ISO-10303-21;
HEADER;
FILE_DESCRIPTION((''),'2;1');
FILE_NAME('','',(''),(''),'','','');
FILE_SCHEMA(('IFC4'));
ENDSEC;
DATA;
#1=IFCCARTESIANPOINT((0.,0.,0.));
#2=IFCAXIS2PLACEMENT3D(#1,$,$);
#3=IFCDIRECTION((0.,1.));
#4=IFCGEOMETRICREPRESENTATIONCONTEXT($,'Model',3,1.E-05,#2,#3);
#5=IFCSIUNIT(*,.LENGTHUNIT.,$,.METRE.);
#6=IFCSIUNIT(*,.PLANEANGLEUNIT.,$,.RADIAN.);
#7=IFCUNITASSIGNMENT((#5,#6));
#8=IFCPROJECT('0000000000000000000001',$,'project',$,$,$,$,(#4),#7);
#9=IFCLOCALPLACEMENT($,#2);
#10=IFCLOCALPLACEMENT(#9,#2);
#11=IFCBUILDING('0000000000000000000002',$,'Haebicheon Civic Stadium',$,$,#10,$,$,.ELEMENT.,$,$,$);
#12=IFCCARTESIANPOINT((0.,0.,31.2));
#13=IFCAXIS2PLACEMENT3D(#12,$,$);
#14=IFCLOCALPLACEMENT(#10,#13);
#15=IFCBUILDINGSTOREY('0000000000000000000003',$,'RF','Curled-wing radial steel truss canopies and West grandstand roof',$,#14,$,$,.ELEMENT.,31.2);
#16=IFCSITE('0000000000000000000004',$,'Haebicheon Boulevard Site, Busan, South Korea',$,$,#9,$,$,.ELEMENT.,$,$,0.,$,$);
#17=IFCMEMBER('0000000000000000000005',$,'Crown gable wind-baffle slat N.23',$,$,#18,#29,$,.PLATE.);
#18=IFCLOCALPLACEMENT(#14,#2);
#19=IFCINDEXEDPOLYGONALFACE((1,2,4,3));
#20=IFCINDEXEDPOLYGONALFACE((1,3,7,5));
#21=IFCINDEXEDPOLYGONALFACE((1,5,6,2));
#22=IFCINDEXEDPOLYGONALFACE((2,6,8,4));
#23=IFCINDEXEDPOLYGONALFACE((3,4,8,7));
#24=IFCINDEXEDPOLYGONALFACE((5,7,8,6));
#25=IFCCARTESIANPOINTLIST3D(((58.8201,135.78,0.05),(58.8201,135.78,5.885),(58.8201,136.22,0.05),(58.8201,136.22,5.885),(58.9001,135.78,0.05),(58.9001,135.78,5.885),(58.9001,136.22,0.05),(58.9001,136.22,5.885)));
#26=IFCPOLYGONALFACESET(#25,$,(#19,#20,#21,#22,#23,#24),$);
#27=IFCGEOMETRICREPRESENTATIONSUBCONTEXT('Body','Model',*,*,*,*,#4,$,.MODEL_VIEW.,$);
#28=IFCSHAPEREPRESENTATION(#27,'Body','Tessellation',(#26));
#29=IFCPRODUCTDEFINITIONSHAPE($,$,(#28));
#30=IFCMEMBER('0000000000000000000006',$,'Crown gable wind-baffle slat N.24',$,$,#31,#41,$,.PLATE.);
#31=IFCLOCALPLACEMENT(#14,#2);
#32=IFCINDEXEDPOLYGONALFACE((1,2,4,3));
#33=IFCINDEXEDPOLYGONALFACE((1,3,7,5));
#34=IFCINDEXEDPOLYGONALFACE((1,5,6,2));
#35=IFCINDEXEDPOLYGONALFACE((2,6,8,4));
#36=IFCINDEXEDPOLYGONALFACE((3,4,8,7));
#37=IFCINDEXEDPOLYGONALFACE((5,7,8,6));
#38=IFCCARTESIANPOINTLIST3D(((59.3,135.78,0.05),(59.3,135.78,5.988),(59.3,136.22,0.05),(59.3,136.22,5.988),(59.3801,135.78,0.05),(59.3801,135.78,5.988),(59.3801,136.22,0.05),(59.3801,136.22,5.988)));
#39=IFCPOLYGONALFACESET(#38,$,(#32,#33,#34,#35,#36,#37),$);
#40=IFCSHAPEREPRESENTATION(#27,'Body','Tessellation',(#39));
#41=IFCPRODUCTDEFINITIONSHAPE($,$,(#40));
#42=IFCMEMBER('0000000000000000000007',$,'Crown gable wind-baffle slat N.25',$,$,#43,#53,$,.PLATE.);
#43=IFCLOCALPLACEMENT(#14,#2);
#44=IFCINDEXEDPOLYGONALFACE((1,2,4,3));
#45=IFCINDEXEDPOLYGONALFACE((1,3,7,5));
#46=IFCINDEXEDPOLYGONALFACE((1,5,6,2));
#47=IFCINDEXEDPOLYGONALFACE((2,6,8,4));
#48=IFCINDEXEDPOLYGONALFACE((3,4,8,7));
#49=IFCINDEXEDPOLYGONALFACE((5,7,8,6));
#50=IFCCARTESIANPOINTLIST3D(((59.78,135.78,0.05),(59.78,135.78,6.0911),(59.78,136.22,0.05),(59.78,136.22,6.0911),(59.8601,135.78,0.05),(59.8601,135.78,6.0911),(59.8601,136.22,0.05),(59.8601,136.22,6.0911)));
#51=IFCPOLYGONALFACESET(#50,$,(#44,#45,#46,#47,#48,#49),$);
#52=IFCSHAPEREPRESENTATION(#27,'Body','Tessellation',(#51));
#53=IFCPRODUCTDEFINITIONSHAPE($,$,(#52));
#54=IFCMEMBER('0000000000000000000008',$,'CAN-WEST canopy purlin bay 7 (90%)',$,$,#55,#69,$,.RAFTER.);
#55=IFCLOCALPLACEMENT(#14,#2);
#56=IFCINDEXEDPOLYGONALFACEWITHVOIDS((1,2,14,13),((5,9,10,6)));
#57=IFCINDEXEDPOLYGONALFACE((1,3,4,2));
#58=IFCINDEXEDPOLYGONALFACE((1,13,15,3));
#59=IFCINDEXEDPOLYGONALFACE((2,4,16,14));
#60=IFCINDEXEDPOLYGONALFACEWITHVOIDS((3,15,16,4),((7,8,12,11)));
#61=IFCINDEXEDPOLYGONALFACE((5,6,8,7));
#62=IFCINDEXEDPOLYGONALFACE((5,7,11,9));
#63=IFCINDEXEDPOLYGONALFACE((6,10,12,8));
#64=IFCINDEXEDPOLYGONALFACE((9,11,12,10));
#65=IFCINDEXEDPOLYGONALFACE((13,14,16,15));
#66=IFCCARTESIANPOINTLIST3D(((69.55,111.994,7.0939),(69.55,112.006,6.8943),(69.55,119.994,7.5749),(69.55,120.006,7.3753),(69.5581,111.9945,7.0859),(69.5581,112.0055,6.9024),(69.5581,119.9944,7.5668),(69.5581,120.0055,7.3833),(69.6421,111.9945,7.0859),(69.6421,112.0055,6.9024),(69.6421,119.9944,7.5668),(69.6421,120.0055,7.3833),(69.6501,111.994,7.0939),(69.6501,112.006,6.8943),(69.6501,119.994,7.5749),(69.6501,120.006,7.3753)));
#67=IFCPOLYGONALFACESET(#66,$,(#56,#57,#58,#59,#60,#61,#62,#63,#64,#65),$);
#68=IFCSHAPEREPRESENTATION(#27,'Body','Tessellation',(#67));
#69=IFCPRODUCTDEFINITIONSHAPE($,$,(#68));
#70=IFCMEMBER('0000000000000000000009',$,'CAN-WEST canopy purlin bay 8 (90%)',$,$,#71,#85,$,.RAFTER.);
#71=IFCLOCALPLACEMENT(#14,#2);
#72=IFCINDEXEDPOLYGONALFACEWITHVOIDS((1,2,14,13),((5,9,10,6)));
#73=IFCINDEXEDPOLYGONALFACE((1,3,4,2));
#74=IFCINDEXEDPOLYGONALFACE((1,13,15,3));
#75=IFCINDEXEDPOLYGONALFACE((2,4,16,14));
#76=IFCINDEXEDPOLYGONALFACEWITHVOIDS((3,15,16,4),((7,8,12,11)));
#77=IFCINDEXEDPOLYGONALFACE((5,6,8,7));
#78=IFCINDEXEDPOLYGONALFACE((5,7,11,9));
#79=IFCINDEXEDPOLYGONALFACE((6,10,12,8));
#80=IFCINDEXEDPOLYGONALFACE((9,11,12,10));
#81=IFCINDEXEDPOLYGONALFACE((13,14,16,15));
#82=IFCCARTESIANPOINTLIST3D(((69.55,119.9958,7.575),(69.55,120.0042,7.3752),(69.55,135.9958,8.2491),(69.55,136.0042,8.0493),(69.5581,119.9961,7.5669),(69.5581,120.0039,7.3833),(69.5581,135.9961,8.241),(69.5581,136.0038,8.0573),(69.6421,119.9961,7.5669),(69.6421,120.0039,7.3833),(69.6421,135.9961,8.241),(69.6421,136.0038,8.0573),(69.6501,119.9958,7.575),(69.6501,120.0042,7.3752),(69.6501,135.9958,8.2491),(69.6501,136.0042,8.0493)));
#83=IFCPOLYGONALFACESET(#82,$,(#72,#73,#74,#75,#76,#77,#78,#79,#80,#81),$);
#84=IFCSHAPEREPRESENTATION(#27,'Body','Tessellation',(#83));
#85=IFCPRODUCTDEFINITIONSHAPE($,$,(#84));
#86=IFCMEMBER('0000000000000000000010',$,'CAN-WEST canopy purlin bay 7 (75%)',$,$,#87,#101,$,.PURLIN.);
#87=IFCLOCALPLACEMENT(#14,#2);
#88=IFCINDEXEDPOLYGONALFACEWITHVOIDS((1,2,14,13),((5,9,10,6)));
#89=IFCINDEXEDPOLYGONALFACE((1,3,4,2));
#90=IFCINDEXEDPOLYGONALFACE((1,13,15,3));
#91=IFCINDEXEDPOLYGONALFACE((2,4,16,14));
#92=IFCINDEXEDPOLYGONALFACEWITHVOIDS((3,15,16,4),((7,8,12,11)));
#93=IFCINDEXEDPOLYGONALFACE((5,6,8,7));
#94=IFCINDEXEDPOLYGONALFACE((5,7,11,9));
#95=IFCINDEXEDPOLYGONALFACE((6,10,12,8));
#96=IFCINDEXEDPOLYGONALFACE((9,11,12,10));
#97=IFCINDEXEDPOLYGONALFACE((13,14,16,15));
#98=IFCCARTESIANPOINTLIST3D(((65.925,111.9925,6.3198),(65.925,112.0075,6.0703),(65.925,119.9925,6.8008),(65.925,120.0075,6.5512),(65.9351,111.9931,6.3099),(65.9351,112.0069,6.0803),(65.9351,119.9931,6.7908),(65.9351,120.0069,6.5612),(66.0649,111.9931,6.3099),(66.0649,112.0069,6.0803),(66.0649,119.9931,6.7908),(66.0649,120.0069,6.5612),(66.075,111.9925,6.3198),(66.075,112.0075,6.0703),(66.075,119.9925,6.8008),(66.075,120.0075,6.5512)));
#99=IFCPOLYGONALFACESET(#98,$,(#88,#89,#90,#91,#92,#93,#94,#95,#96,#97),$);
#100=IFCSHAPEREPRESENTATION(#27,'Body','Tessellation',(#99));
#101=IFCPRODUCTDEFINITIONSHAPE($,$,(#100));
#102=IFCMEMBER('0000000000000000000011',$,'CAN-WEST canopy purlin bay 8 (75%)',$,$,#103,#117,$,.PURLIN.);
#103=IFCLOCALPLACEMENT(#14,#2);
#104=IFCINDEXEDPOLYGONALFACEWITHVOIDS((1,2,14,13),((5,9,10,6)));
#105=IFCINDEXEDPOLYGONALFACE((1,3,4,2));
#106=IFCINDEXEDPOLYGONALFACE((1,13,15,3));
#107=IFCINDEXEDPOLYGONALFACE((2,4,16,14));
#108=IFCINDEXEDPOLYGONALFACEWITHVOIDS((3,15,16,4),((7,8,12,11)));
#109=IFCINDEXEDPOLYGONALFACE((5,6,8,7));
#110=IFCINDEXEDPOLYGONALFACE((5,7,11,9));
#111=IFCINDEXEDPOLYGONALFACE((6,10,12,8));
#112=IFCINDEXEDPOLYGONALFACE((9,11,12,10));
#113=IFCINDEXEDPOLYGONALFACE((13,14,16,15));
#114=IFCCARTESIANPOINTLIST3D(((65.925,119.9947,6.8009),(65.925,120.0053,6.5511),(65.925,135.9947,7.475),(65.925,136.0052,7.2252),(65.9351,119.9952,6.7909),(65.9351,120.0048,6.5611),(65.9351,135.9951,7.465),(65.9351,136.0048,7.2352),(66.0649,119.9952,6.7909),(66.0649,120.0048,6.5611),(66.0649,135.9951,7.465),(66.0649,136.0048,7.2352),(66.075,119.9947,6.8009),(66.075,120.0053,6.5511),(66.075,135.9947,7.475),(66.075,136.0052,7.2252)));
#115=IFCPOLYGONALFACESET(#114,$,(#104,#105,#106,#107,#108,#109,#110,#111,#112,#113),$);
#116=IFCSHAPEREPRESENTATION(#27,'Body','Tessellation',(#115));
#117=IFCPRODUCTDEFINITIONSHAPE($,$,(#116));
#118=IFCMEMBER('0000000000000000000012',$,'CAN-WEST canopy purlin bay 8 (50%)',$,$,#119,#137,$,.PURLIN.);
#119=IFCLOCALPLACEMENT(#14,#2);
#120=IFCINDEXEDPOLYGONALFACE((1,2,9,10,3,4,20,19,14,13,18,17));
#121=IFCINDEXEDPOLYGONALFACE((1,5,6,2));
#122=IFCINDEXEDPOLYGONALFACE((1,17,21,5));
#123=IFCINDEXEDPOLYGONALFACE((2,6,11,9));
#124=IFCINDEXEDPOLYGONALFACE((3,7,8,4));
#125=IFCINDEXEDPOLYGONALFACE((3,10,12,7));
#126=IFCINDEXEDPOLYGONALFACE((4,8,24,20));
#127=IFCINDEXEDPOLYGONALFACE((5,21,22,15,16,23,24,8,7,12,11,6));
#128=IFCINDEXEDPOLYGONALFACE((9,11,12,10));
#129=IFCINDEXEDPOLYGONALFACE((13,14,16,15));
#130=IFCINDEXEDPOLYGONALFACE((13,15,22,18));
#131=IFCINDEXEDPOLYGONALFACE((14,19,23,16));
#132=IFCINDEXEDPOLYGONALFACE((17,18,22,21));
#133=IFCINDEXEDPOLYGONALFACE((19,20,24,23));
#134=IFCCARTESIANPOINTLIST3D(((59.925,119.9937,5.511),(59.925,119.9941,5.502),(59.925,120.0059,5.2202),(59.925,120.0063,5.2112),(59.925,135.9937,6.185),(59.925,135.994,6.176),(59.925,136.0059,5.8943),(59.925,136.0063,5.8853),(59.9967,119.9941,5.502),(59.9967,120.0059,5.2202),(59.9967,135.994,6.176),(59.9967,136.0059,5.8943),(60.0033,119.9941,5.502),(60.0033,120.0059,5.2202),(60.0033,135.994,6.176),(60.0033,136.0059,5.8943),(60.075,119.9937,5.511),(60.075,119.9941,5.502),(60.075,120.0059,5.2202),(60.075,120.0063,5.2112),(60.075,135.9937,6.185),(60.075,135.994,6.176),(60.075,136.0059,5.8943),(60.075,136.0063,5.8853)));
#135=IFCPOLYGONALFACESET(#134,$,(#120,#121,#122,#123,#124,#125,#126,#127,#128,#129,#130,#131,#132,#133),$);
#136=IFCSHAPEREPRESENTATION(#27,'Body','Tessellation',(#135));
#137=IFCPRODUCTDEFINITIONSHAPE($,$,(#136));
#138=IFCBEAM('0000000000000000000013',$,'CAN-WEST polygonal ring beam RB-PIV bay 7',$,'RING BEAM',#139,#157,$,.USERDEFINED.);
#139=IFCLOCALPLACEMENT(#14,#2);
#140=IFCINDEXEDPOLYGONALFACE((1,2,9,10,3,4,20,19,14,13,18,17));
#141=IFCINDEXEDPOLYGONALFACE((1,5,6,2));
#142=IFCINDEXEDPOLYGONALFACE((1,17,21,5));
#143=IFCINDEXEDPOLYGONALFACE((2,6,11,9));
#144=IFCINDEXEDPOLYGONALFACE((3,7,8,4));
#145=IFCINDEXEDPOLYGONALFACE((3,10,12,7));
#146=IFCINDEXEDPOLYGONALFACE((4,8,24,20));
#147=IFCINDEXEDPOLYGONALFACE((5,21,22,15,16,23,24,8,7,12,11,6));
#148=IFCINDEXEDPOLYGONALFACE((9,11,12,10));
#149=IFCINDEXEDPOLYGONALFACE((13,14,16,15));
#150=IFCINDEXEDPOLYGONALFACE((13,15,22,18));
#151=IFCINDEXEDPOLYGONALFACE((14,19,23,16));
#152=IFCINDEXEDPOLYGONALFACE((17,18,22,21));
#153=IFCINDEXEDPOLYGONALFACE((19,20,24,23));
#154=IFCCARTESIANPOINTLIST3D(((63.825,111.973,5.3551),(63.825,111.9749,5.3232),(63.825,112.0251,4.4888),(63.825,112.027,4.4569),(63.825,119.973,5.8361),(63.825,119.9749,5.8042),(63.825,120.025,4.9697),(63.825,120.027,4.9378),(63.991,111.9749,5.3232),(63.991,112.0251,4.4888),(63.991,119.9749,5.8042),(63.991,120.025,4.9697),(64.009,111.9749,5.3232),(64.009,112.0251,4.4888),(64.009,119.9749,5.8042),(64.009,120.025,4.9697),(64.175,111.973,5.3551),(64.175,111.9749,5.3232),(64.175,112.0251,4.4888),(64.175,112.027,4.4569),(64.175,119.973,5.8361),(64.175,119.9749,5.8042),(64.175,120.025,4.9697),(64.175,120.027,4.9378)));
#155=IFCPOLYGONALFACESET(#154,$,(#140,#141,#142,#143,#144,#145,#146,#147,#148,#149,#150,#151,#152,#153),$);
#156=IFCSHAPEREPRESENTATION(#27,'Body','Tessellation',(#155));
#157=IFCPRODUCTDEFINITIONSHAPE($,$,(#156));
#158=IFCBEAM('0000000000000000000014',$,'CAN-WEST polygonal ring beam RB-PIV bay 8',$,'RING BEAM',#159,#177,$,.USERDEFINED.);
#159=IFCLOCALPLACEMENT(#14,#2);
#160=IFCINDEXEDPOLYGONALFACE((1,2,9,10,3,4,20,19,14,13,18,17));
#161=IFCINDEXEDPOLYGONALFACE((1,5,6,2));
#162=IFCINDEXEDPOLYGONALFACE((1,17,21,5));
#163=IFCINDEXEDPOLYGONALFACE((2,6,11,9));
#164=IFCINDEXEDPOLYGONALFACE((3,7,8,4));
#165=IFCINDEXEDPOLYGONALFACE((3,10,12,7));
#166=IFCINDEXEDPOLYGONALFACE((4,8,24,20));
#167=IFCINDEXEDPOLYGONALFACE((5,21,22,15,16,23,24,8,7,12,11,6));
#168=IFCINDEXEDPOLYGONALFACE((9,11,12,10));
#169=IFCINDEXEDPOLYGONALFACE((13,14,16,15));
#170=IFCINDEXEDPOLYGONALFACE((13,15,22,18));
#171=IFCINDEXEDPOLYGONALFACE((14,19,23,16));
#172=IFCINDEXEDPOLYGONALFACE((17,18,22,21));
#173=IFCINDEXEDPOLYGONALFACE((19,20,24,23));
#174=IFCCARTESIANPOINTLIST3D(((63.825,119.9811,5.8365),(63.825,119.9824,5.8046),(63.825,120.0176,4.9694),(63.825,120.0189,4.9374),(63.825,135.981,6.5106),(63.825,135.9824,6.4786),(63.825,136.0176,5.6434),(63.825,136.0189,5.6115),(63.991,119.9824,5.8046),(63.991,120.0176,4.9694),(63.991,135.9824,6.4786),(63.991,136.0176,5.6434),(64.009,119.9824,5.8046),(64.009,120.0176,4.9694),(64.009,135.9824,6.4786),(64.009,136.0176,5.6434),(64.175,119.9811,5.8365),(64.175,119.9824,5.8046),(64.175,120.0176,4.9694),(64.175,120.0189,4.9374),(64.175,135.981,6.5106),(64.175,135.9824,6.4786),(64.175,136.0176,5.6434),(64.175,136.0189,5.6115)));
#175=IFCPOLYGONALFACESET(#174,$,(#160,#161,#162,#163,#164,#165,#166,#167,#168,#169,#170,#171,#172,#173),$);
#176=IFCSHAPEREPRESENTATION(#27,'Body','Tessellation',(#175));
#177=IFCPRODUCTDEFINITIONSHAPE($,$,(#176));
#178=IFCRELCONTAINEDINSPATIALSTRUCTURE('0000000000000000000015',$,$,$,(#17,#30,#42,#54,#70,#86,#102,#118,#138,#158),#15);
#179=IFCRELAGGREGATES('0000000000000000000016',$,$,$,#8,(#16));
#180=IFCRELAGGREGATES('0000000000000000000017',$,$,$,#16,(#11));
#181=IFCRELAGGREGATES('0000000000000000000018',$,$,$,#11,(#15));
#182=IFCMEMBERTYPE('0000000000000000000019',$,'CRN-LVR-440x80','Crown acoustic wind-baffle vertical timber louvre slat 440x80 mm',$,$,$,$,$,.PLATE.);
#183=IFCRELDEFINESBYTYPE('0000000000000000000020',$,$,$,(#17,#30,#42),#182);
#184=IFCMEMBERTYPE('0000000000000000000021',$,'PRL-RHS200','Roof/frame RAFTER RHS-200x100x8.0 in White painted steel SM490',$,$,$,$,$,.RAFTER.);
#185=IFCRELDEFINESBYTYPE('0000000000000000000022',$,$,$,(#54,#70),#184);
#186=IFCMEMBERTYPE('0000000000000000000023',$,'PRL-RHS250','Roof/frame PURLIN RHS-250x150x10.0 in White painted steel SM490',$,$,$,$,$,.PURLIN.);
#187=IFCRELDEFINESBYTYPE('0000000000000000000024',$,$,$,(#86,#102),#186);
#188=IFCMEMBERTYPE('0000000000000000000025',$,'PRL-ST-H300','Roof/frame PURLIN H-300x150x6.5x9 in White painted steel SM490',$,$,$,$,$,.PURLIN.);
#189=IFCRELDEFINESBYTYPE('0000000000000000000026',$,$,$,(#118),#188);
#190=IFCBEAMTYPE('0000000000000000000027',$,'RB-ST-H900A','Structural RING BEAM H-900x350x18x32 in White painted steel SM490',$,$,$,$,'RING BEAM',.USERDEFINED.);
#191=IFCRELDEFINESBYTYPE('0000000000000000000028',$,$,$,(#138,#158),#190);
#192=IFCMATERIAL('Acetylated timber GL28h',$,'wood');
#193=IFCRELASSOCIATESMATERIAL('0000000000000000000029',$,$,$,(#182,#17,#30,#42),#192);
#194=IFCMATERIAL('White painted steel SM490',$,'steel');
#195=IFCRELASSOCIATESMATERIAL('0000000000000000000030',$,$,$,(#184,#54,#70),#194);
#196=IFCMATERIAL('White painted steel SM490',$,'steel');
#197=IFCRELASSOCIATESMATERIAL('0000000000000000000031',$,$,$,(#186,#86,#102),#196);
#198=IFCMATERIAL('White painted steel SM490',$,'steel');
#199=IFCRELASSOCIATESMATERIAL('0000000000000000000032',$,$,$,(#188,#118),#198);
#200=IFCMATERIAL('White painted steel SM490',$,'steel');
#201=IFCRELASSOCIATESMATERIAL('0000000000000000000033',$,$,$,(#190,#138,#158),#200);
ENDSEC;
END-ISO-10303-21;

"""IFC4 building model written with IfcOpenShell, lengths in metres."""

from ifc_helpers import new_model, si_unit, direction, frame, origin, origin_2d, place, context, subcontext, project, spatial, rectangle, hollow_rectangle, i_section, extrude, material, material_profile, profile_set, type_object, element, save


model = new_model("IFC4")

# Units and contexts
model_context = context("Model", 3, precision=1e-05, world=origin(), true_north=direction((0.0, 1.0)))
body_context = subcontext(model_context, "Body", "Model", "MODEL_VIEW")
ifc_project = project(units=[si_unit("LENGTHUNIT", "METRE"), si_unit("PLANEANGLEUNIT", "RADIAN")], contexts=[model_context])

# Site, building, storey
site_placement = place(None, origin())
site = spatial("IfcSite", under=ifc_project, at=site_placement, Name="Haebicheon Boulevard Site, Busan, South Korea", CompositionType="ELEMENT", RefElevation=0.0)
building_placement = place(site_placement, origin())
building = spatial("IfcBuilding", under=site, at=building_placement, Name="Haebicheon Civic Stadium", CompositionType="ELEMENT")
storey_placement = place(building_placement, frame((0.0, 0.0, 31.2)))
storey = spatial("IfcBuildingStorey", under=building, at=storey_placement, Name="RF", Description="Curled-wing radial steel truss canopies and West grandstand roof", CompositionType="ELEMENT", Elevation=31.2)

# Members
ifc_material_1 = material(Name="Acetylated timber GL28h", Category="wood")
ifc_material_profile_1 = material_profile(ifc_material_1, rectangle(XDim=0.0801, YDim=0.4399, at=origin_2d()), Name="TMB-LOUV-80x440")
ifc_profile_set_1 = profile_set([ifc_material_profile_1], Name="Acetylated timber GL28h")
member_type_1 = type_object("IfcMemberType", Name="CRN-LVR-440x80", Description="Crown acoustic wind-baffle vertical timber louvre slat 440x80 mm", PredefinedType="PLATE", material=ifc_profile_set_1)
member_1_placement = place(storey_placement, frame((58.8601, 136.0, 0.05), z_axis=(0.0, 0.0, 1.0), x_axis=(1.0, 0.0, 0.0)))
element("IfcMember", 1, at=member_1_placement, inside=storey, type_object=member_type_1, material=ifc_profile_set_1, Name="Crown gable wind-baffle slat N.23", PredefinedType="PLATE", context=body_context, shape_type="SweptSolid", body=[
    extrude(rectangle(XDim=0.0801, YDim=0.4399, at=origin_2d()), origin(), (0.0, 0.0, 1.0), 5.835),
])
member_2_placement = place(storey_placement, frame((59.3401, 136.0, 0.05), z_axis=(0.0, 0.0, 1.0), x_axis=(1.0, 0.0, 0.0)))
element("IfcMember", 2, at=member_2_placement, inside=storey, type_object=member_type_1, material=ifc_profile_set_1, Name="Crown gable wind-baffle slat N.24", PredefinedType="PLATE", context=body_context, shape_type="SweptSolid", body=[
    extrude(rectangle(XDim=0.0801, YDim=0.4399, at=origin_2d()), origin(), (0.0, 0.0, 1.0), 5.938),
])
member_3_placement = place(storey_placement, frame((59.8201, 136.0, 0.05), z_axis=(0.0, 0.0, 1.0), x_axis=(1.0, 0.0, 0.0)))
element("IfcMember", 3, at=member_3_placement, inside=storey, type_object=member_type_1, material=ifc_profile_set_1, Name="Crown gable wind-baffle slat N.25", PredefinedType="PLATE", context=body_context, shape_type="SweptSolid", body=[
    extrude(rectangle(XDim=0.0801, YDim=0.4399, at=origin_2d()), origin(), (0.0, 0.0, 1.0), 6.041),
])
ifc_material_2 = material(Name="White painted steel SM490", Category="steel")
ifc_material_profile_2 = material_profile(ifc_material_2, hollow_rectangle(XDim=0.1001, YDim=0.2, WallThickness=0.0081, at=origin_2d()), Name="RHS-200x100x8.0")
ifc_profile_set_2 = profile_set([ifc_material_profile_2], Name="White painted steel SM490")
member_type_2 = type_object("IfcMemberType", Name="PRL-RHS200", Description="Roof/frame RAFTER RHS-200x100x8.0 in White painted steel SM490", PredefinedType="RAFTER", material=ifc_profile_set_2)
member_4_placement = place(storey_placement, frame((69.6001, 112.0, 6.9941), z_axis=(0.0, 0.998198, 0.060011), x_axis=(-1.0, 0.0, 0.0)))
element("IfcMember", 4, at=member_4_placement, inside=storey, type_object=member_type_2, material=ifc_profile_set_2, Name="CAN-WEST canopy purlin bay 7 (90%)", PredefinedType="RAFTER", context=body_context, shape_type="SweptSolid", body=[
    extrude(hollow_rectangle(XDim=0.1001, YDim=0.2, WallThickness=0.0081, at=origin_2d()), origin(), (0.0, 0.0, 1.0), 8.0144),
])
member_5_placement = place(storey_placement, frame((69.6001, 120.0, 7.4751), z_axis=(0.0, 0.999114, 0.042092), x_axis=(-1.0, 0.0, 0.0)))
element("IfcMember", 5, at=member_5_placement, inside=storey, type_object=member_type_2, material=ifc_profile_set_2, Name="CAN-WEST canopy purlin bay 8 (90%)", PredefinedType="RAFTER", context=body_context, shape_type="SweptSolid", body=[
    extrude(hollow_rectangle(XDim=0.1001, YDim=0.2, WallThickness=0.0081, at=origin_2d()), origin(), (0.0, 0.0, 1.0), 16.0142),
])
ifc_material_3 = material(Name="White painted steel SM490", Category="steel")
ifc_material_profile_3 = material_profile(ifc_material_3, hollow_rectangle(XDim=0.1499, YDim=0.25, WallThickness=0.01, at=origin_2d()), Name="RHS-250x150x10.0")
ifc_profile_set_3 = profile_set([ifc_material_profile_3], Name="White painted steel SM490")
member_type_3 = type_object("IfcMemberType", Name="PRL-RHS250", Description="Roof/frame PURLIN RHS-250x150x10.0 in White painted steel SM490", PredefinedType="PURLIN", material=ifc_profile_set_3)
member_6_placement = place(storey_placement, frame((66.0, 112.0, 6.1951), z_axis=(0.0, 0.998198, 0.060011), x_axis=(-1.0, 0.0, 0.0)))
element("IfcMember", 6, at=member_6_placement, inside=storey, type_object=member_type_3, material=ifc_profile_set_3, Name="CAN-WEST canopy purlin bay 7 (75%)", PredefinedType="PURLIN", context=body_context, shape_type="SweptSolid", body=[
    extrude(hollow_rectangle(XDim=0.1499, YDim=0.25, WallThickness=0.01, at=origin_2d()), origin(), (0.0, 0.0, 1.0), 8.0144),
])
member_7_placement = place(storey_placement, frame((66.0, 120.0, 6.676), z_axis=(0.0, 0.999114, 0.042092), x_axis=(-1.0, 0.0, 0.0)))
element("IfcMember", 7, at=member_7_placement, inside=storey, type_object=member_type_3, material=ifc_profile_set_3, Name="CAN-WEST canopy purlin bay 8 (75%)", PredefinedType="PURLIN", context=body_context, shape_type="SweptSolid", body=[
    extrude(hollow_rectangle(XDim=0.1499, YDim=0.25, WallThickness=0.01, at=origin_2d()), origin(), (0.0, 0.0, 1.0), 16.0142),
])
ifc_material_4 = material(Name="White painted steel SM490", Category="steel")
ifc_material_profile_4 = material_profile(ifc_material_4, i_section(OverallWidth=0.1499, OverallDepth=0.3, WebThickness=0.0066, FlangeThickness=0.009, at=origin_2d()), Name="H-300x150x6.5x9")
ifc_profile_set_4 = profile_set([ifc_material_profile_4], Name="White painted steel SM490")
member_type_4 = type_object("IfcMemberType", Name="PRL-ST-H300", Description="Roof/frame PURLIN H-300x150x6.5x9 in White painted steel SM490", PredefinedType="PURLIN", material=ifc_profile_set_4)
member_8_placement = place(storey_placement, frame((60.0, 120.0, 5.3611), z_axis=(0.0, 0.999114, 0.042092), x_axis=(-1.0, 0.0, 0.0)))
element("IfcMember", 8, at=member_8_placement, inside=storey, type_object=member_type_4, material=ifc_profile_set_4, Name="CAN-WEST canopy purlin bay 8 (50%)", PredefinedType="PURLIN", context=body_context, shape_type="SweptSolid", body=[
    extrude(i_section(OverallWidth=0.1499, OverallDepth=0.3, WebThickness=0.0066, FlangeThickness=0.009, at=origin_2d()), origin(), (0.0, 0.0, 1.0), 16.0142),
])

# Beams
ifc_material_5 = material(Name="White painted steel SM490", Category="steel")
ifc_material_profile_5 = material_profile(ifc_material_5, i_section(OverallWidth=0.3501, OverallDepth=0.8999, WebThickness=0.0181, FlangeThickness=0.032, at=origin_2d()), Name="H-900x350x18x32")
ifc_profile_set_5 = profile_set([ifc_material_profile_5], Name="White painted steel SM490")
beam_type = type_object("IfcBeamType", Name="RB-ST-H900A", Description="Structural RING BEAM H-900x350x18x32 in White painted steel SM490", ElementType="RING BEAM", PredefinedType="USERDEFINED", material=ifc_profile_set_5)
beam_1_placement = place(storey_placement, frame((64.0, 112.0, 4.906), z_axis=(0.0, 0.998198, 0.060011), x_axis=(-1.0, 0.0, 0.0)))
element("IfcBeam", 9, at=beam_1_placement, inside=storey, type_object=beam_type, material=ifc_profile_set_5, Name="CAN-WEST polygonal ring beam RB-PIV bay 7", ObjectType="RING BEAM", PredefinedType="USERDEFINED", context=body_context, shape_type="SweptSolid", body=[
    extrude(i_section(OverallWidth=0.3501, OverallDepth=0.8999, WebThickness=0.0181, FlangeThickness=0.032, at=origin_2d()), origin(), (0.0, 0.0, 1.0), 8.0144),
])
beam_2_placement = place(storey_placement, frame((64.0, 120.0, 5.387), z_axis=(0.0, 0.999114, 0.042092), x_axis=(-1.0, 0.0, 0.0)))
element("IfcBeam", 10, at=beam_2_placement, inside=storey, type_object=beam_type, material=ifc_profile_set_5, Name="CAN-WEST polygonal ring beam RB-PIV bay 8", ObjectType="RING BEAM", PredefinedType="USERDEFINED", context=body_context, shape_type="SweptSolid", body=[
    extrude(i_section(OverallWidth=0.3501, OverallDepth=0.8999, WebThickness=0.0181, FlangeThickness=0.032, at=origin_2d()), origin(), (0.0, 0.0, 1.0), 16.0142),
])

save(model, "model.ifc")
